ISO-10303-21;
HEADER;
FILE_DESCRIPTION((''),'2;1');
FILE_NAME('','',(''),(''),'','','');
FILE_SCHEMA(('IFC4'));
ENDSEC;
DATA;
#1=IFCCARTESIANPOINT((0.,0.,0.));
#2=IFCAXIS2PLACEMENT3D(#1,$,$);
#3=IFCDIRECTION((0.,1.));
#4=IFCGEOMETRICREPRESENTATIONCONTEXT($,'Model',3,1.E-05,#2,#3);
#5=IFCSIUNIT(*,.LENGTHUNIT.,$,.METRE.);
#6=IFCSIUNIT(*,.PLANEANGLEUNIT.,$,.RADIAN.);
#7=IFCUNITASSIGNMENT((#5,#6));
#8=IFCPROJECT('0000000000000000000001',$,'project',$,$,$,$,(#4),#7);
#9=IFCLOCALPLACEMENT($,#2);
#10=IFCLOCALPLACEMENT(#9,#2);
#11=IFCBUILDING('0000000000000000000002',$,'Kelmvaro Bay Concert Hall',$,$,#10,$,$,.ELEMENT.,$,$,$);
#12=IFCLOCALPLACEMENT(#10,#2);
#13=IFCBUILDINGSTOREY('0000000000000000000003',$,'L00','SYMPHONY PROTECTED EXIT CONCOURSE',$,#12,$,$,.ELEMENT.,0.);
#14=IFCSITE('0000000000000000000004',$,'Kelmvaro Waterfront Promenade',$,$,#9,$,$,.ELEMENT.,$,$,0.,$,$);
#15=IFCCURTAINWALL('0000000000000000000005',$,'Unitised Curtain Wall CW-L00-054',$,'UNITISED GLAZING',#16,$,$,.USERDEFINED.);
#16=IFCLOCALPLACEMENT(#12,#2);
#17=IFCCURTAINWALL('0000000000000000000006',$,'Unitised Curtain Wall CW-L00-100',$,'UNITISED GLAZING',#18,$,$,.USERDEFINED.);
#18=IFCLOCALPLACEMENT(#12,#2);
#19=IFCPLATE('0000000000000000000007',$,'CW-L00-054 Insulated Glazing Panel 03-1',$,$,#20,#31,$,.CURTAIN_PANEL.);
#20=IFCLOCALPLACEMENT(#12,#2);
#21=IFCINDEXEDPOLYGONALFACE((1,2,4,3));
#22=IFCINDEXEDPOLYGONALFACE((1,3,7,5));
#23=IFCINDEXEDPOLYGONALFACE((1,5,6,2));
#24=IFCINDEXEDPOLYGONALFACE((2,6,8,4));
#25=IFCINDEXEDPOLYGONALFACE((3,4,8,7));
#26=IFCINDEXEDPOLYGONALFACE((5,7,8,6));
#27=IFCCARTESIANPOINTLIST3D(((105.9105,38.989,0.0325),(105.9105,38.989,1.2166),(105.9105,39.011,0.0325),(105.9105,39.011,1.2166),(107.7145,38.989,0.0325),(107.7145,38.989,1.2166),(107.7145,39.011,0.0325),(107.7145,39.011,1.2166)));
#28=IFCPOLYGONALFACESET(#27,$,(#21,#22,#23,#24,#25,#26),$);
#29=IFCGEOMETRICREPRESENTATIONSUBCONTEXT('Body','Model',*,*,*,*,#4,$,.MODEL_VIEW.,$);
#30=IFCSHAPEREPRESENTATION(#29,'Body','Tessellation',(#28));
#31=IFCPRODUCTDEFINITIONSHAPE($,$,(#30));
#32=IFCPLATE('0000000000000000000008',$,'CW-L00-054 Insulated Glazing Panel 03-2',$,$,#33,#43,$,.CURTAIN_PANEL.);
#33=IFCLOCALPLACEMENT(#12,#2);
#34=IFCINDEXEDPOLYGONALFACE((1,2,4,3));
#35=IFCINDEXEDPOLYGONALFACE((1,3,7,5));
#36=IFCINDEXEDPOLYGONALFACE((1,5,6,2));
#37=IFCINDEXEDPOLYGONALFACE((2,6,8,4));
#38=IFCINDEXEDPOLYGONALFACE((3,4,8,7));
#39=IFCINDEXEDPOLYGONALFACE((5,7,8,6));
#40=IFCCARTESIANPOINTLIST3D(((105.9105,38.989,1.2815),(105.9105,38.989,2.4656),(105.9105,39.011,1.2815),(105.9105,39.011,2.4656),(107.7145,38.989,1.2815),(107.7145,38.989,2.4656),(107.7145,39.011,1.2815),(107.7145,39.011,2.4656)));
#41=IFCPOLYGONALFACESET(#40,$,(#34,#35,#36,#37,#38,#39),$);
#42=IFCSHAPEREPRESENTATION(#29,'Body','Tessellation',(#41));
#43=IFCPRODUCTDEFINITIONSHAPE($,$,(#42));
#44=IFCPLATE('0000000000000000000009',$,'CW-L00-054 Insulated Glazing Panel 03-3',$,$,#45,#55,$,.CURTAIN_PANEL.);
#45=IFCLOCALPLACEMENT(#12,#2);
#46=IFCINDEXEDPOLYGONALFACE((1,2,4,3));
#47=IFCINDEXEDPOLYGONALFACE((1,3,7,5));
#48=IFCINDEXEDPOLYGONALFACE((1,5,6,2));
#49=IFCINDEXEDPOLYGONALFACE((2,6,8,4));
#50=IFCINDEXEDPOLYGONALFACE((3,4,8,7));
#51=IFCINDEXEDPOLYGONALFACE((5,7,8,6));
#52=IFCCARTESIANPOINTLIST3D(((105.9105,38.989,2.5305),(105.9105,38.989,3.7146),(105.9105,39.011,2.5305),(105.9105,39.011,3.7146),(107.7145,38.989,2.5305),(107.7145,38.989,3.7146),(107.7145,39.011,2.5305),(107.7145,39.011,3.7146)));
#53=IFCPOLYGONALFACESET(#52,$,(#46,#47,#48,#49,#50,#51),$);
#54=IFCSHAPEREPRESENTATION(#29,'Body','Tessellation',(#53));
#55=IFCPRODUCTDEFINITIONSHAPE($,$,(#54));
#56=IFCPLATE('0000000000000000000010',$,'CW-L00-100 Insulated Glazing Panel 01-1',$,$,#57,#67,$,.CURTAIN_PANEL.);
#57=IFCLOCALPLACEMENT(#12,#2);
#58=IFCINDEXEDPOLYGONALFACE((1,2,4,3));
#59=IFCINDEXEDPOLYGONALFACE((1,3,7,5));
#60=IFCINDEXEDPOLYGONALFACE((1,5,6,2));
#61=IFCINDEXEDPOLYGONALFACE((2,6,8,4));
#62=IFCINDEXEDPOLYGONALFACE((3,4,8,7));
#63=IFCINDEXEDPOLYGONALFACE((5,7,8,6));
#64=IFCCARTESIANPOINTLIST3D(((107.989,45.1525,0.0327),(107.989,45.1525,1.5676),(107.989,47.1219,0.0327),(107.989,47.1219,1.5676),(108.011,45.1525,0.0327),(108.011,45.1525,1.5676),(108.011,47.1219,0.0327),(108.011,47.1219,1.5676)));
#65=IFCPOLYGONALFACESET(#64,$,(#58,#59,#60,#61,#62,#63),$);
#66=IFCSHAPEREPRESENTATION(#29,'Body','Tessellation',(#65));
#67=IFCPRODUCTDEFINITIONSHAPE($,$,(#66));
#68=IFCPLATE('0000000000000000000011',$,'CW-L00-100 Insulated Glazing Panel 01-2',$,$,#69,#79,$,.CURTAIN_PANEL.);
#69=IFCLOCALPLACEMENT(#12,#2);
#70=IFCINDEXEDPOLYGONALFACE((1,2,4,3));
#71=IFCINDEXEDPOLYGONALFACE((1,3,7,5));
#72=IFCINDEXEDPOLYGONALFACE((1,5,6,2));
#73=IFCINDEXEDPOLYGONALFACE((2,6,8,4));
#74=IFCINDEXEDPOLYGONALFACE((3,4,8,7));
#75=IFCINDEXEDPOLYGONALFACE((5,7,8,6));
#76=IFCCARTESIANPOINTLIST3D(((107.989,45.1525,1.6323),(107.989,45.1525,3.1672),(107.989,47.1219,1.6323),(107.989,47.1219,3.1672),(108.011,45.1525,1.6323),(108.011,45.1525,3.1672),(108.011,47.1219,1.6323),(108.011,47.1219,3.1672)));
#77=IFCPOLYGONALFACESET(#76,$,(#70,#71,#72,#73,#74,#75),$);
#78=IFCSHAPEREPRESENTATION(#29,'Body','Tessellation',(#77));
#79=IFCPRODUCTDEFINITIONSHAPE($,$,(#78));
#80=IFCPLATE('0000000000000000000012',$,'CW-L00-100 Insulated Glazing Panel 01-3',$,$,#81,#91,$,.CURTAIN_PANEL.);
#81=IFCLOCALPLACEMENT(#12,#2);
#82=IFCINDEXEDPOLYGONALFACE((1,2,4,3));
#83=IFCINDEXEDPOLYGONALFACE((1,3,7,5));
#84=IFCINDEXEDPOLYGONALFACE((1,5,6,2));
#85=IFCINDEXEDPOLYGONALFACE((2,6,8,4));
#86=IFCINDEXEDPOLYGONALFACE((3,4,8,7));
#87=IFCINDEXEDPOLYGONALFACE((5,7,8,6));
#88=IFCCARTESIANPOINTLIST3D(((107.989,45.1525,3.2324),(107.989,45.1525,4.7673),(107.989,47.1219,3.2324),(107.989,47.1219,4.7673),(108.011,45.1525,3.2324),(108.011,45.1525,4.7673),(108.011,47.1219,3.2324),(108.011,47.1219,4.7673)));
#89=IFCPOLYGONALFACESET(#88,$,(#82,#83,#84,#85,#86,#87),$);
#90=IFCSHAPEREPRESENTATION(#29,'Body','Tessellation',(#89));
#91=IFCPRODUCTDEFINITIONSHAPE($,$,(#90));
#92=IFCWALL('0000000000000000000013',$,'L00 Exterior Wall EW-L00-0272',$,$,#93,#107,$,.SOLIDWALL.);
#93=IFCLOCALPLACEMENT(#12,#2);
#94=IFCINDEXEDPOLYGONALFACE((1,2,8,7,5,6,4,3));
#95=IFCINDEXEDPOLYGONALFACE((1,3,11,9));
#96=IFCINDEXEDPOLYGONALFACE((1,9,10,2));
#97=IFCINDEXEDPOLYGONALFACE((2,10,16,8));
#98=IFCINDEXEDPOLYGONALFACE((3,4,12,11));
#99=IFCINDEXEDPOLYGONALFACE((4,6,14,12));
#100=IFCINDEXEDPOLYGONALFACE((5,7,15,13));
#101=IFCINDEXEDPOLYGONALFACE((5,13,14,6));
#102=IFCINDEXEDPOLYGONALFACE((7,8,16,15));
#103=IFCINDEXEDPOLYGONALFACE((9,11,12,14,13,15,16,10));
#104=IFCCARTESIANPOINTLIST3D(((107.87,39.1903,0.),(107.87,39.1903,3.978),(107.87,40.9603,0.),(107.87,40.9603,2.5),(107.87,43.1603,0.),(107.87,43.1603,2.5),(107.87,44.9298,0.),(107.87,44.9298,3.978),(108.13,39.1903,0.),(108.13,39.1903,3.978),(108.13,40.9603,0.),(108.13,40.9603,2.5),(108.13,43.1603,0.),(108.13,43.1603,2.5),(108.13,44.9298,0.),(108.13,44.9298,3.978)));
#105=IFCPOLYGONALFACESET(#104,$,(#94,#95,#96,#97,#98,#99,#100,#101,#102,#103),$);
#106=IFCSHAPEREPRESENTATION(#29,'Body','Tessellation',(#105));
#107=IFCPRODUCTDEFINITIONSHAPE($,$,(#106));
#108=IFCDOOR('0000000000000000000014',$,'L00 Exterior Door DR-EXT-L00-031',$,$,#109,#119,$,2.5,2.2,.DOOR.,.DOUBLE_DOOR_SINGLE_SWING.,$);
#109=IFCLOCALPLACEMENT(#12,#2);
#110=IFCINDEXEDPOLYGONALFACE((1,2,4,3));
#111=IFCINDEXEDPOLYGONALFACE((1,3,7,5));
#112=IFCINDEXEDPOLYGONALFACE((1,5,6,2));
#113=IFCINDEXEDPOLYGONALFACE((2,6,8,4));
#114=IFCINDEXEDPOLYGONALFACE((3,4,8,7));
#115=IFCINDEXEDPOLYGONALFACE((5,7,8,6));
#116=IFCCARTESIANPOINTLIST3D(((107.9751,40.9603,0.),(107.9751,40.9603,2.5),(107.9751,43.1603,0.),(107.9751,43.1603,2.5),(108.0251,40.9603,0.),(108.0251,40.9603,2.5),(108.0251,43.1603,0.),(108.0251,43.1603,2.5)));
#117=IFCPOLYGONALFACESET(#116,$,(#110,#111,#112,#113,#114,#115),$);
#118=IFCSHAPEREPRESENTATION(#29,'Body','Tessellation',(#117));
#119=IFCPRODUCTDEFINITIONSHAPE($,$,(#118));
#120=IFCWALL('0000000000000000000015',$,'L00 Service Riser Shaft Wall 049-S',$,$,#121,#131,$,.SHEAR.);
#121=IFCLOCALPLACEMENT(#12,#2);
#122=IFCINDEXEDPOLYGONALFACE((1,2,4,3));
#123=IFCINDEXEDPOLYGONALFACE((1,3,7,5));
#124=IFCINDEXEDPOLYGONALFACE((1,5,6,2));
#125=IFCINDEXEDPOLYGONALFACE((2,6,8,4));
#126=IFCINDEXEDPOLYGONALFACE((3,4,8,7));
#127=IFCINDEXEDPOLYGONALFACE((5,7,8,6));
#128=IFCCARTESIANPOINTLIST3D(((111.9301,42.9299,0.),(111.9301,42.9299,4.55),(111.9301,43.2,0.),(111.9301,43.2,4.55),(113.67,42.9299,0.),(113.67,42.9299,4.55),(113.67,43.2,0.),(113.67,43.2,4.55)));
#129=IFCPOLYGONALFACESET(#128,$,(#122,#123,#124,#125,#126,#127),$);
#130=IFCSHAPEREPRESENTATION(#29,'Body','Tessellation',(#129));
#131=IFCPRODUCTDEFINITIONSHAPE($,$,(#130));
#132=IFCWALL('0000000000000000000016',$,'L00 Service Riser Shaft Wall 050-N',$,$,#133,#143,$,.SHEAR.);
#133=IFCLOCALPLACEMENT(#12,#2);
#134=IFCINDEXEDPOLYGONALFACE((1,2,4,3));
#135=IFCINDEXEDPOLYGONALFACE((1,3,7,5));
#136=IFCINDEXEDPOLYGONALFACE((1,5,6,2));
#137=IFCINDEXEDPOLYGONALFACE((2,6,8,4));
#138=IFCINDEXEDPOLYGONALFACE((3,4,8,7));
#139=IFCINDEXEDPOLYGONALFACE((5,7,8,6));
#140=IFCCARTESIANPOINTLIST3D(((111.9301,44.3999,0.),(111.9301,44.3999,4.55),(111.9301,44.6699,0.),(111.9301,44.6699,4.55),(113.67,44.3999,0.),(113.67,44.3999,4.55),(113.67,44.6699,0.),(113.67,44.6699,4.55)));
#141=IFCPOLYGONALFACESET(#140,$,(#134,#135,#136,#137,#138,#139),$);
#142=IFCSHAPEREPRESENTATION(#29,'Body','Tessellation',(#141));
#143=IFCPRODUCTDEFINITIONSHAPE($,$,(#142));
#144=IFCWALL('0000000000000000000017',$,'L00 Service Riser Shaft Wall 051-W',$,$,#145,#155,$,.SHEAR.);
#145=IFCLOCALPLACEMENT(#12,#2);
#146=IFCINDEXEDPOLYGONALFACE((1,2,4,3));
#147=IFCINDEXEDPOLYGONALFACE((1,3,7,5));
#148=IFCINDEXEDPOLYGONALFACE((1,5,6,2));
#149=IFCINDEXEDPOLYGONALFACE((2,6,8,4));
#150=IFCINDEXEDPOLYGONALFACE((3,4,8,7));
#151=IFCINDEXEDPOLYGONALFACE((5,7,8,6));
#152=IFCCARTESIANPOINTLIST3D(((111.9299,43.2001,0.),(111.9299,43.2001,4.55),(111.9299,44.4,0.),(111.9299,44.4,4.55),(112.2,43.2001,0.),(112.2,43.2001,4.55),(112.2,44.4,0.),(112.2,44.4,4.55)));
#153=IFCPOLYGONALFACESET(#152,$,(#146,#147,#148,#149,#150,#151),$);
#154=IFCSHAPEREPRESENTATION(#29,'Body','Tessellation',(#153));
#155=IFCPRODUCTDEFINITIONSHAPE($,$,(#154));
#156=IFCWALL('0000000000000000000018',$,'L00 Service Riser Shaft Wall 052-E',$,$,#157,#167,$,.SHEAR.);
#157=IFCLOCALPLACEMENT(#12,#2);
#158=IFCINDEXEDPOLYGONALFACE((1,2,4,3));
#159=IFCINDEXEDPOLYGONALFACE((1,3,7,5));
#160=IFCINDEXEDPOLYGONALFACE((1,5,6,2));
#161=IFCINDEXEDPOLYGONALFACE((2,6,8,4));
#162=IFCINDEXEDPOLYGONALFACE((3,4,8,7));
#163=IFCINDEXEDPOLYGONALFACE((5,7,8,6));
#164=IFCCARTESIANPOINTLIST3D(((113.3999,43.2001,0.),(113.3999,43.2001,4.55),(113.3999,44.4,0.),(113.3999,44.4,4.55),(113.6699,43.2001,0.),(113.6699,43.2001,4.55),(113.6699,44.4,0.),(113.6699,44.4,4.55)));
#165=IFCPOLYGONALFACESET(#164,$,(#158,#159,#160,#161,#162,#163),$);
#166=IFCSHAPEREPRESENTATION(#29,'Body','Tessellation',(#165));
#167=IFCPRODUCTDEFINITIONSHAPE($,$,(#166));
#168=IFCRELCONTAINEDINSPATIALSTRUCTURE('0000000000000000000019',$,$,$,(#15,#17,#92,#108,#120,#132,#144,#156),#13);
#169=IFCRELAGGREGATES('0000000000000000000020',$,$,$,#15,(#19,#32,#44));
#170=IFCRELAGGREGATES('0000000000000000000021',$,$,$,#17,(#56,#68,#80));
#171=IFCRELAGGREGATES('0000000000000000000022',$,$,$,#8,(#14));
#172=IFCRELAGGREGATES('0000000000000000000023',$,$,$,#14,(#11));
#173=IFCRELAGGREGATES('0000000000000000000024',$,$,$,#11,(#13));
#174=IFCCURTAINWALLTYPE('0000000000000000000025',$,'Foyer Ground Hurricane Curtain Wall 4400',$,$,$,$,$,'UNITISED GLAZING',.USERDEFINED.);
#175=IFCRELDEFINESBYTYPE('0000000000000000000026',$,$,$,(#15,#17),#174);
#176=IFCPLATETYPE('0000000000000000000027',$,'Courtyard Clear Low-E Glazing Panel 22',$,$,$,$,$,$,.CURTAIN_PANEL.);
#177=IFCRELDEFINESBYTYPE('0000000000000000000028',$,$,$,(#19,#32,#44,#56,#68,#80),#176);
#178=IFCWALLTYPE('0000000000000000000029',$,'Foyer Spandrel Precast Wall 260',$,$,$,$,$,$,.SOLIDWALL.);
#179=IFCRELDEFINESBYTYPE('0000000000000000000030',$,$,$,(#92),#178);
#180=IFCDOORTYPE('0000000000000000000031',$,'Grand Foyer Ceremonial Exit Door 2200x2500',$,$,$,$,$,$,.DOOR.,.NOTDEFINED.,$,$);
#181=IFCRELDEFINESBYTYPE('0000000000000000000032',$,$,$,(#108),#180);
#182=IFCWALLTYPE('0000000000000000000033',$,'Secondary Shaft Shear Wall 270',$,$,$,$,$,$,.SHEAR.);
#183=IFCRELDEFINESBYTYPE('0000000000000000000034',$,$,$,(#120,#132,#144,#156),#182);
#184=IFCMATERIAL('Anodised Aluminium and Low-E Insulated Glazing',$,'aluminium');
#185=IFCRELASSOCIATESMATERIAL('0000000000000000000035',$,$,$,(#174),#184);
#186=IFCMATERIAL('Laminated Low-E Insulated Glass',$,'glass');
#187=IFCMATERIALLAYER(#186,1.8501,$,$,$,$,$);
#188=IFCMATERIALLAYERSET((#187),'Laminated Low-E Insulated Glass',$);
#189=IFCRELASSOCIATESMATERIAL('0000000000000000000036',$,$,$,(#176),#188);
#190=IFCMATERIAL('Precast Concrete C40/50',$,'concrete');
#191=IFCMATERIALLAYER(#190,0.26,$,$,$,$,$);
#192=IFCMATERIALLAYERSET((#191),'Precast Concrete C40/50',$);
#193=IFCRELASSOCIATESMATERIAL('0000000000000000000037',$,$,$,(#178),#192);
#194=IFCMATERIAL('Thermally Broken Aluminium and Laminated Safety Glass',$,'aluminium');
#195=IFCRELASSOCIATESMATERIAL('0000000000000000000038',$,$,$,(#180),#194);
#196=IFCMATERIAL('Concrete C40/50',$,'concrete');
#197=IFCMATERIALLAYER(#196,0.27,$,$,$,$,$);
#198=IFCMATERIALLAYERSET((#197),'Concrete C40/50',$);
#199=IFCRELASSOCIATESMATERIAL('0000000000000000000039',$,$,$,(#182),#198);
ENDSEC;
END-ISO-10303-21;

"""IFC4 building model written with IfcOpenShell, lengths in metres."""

from ifc_helpers import new_model, si_unit, direction, frame, frame_2d, origin, origin_2d, place, context, subcontext, project, spatial, rectangle, extrude, material, layer, layer_set, type_object, element, fill, aggregate, save


model = new_model("IFC4")

# Units and contexts
model_context = context("Model", 3, precision=1e-05, world=origin(), true_north=direction((0.0, 1.0)))
body_context = subcontext(model_context, "Body", "Model", "MODEL_VIEW")
ifc_project = project(units=[si_unit("LENGTHUNIT", "METRE"), si_unit("PLANEANGLEUNIT", "RADIAN")], contexts=[model_context])

# Site, building, storey
site_placement = place(None, origin())
site = spatial("IfcSite", under=ifc_project, at=site_placement, Name="Kelmvaro Waterfront Promenade", CompositionType="ELEMENT", RefElevation=0.0)
building_placement = place(site_placement, origin())
building = spatial("IfcBuilding", under=site, at=building_placement, Name="Kelmvaro Bay Concert Hall", CompositionType="ELEMENT")
storey_placement = place(building_placement, origin())
storey = spatial("IfcBuildingStorey", under=building, at=storey_placement, Name="L00", Description="SYMPHONY PROTECTED EXIT CONCOURSE", CompositionType="ELEMENT", Elevation=0.0)

# Curtain walls
ifc_material_1 = material(Name="Anodised Aluminium and Low-E Insulated Glazing", Category="aluminium")
curtain_wall_type = type_object("IfcCurtainWallType", Name="Foyer Ground Hurricane Curtain Wall 4400", ElementType="UNITISED GLAZING", PredefinedType="USERDEFINED", material=ifc_material_1)
curtain_wall_1_placement = place(storey_placement, origin())
curtain_wall_1 = element("IfcCurtainWall", 1, at=curtain_wall_1_placement, inside=storey, type_object=curtain_wall_type, Name="Unitised Curtain Wall CW-L00-054", ObjectType="UNITISED GLAZING", PredefinedType="USERDEFINED")
curtain_wall_2_placement = place(storey_placement, origin())
curtain_wall_2 = element("IfcCurtainWall", 2, at=curtain_wall_2_placement, inside=storey, type_object=curtain_wall_type, Name="Unitised Curtain Wall CW-L00-100", ObjectType="UNITISED GLAZING", PredefinedType="USERDEFINED")

# Plates
ifc_material_2 = material(Name="Laminated Low-E Insulated Glass", Category="glass")
ifc_layer_1 = layer(ifc_material_2, 1.8501)
ifc_layer_set_1 = layer_set([ifc_layer_1], Name="Laminated Low-E Insulated Glass")
plate_type = type_object("IfcPlateType", Name="Courtyard Clear Low-E Glazing Panel 22", PredefinedType="CURTAIN_PANEL", material=ifc_layer_set_1)
plate_1_placement = place(storey_placement, frame((106.8125, 39.0, 0.0325), z_axis=(0.0, 0.0, 1.0), x_axis=(1.0, 0.0, 0.0)))
plate_1 = element("IfcPlate", 3, at=plate_1_placement, type_object=plate_type, Name="CW-L00-054 Insulated Glazing Panel 03-1", PredefinedType="CURTAIN_PANEL", context=body_context, shape_type="SweptSolid", body=[
    extrude(rectangle(XDim=1.804, YDim=0.022, at=origin_2d()), origin(), (0.0, 0.0, 1.0), 1.1841),
])
plate_2_placement = place(storey_placement, frame((106.8125, 39.0, 1.2815), z_axis=(0.0, 0.0, 1.0), x_axis=(1.0, 0.0, 0.0)))
plate_2 = element("IfcPlate", 4, at=plate_2_placement, type_object=plate_type, Name="CW-L00-054 Insulated Glazing Panel 03-2", PredefinedType="CURTAIN_PANEL", context=body_context, shape_type="SweptSolid", body=[
    extrude(rectangle(XDim=1.804, YDim=0.022, at=origin_2d()), origin(), (0.0, 0.0, 1.0), 1.1841),
])
plate_3_placement = place(storey_placement, frame((106.8125, 39.0, 2.5305), z_axis=(0.0, 0.0, 1.0), x_axis=(1.0, 0.0, 0.0)))
plate_3 = element("IfcPlate", 5, at=plate_3_placement, type_object=plate_type, Name="CW-L00-054 Insulated Glazing Panel 03-3", PredefinedType="CURTAIN_PANEL", context=body_context, shape_type="SweptSolid", body=[
    extrude(rectangle(XDim=1.804, YDim=0.022, at=origin_2d()), origin(), (0.0, 0.0, 1.0), 1.1841),
])
aggregate(curtain_wall_1, [plate_1, plate_2, plate_3])
plate_4_placement = place(storey_placement, frame((108.0, 46.1372, 0.0327), z_axis=(0.0, 0.0, 1.0), x_axis=(0.0, 1.0, 0.0)))
plate_4 = element("IfcPlate", 6, at=plate_4_placement, type_object=plate_type, Name="CW-L00-100 Insulated Glazing Panel 01-1", PredefinedType="CURTAIN_PANEL", context=body_context, shape_type="SweptSolid", body=[
    extrude(rectangle(XDim=1.9695, YDim=0.022, at=origin_2d()), origin(), (0.0, 0.0, 1.0), 1.5349),
])
plate_5_placement = place(storey_placement, frame((108.0, 46.1372, 1.6323), z_axis=(0.0, 0.0, 1.0), x_axis=(0.0, 1.0, 0.0)))
plate_5 = element("IfcPlate", 7, at=plate_5_placement, type_object=plate_type, Name="CW-L00-100 Insulated Glazing Panel 01-2", PredefinedType="CURTAIN_PANEL", context=body_context, shape_type="SweptSolid", body=[
    extrude(rectangle(XDim=1.9695, YDim=0.022, at=origin_2d()), origin(), (0.0, 0.0, 1.0), 1.5349),
])
plate_6_placement = place(storey_placement, frame((108.0, 46.1372, 3.2324), z_axis=(0.0, 0.0, 1.0), x_axis=(0.0, 1.0, 0.0)))
plate_6 = element("IfcPlate", 8, at=plate_6_placement, type_object=plate_type, Name="CW-L00-100 Insulated Glazing Panel 01-3", PredefinedType="CURTAIN_PANEL", context=body_context, shape_type="SweptSolid", body=[
    extrude(rectangle(XDim=1.9695, YDim=0.022, at=origin_2d()), origin(), (0.0, 0.0, 1.0), 1.5349),
])
aggregate(curtain_wall_2, [plate_4, plate_5, plate_6])

# Wall, opening, door
ifc_material_3 = material(Name="Precast Concrete C40/50", Category="concrete")
ifc_layer_2 = layer(ifc_material_3, 0.26)
ifc_layer_set_2 = layer_set([ifc_layer_2], Name="Precast Concrete C40/50")
wall_type_1 = type_object("IfcWallType", Name="Foyer Spandrel Precast Wall 260", PredefinedType="SOLIDWALL", material=ifc_layer_set_2)
wall_placement = place(storey_placement, frame((108.0, 39.1904, 0.0), z_axis=(0.0, 0.0, 1.0), x_axis=(0.0, 1.0, 0.0)))
wall = element("IfcWall", 9, at=wall_placement, inside=storey, type_object=wall_type_1, Name="L00 Exterior Wall EW-L00-0272", PredefinedType="SOLIDWALL", context=body_context, shape_type="SweptSolid", body=[
    extrude(rectangle(XDim=5.7395, YDim=0.26, at=frame_2d((2.8696, 0.0))), origin(), (0.0, 0.0, 1.0), 3.978),
])
opening_placement = place(wall_placement, frame((1.7698, 0.0, 0.0)))
opening = element("IfcOpeningElement", 10, at=opening_placement, cuts=wall, PredefinedType="OPENING", context=body_context, shape_type="SweptSolid", body=[
    extrude(rectangle(XDim=2.2, YDim=2.5, at=frame_2d((1.1001, 1.25))), frame((0.0, 0.1399, 0.0), z_axis=(0.0, -1.0, 0.0), x_axis=(1.0, 0.0, 0.0)), (0.0, 0.0, 1.0), 0.28),
])
ifc_material_4 = material(Name="Thermally Broken Aluminium and Laminated Safety Glass", Category="aluminium")
door_type = type_object("IfcDoorType", Name="Grand Foyer Ceremonial Exit Door 2200x2500", OperationType="NOTDEFINED", PredefinedType="DOOR", material=ifc_material_4)
door_placement = place(opening_placement, origin())
door = element("IfcDoor", 11, at=door_placement, inside=storey, type_object=door_type, Name="L00 Exterior Door DR-EXT-L00-031", OperationType="DOUBLE_DOOR_SINGLE_SWING", OverallHeight=2.5, OverallWidth=2.2, PredefinedType="DOOR", context=body_context, shape_type="SweptSolid", body=[
    extrude(rectangle(XDim=2.2, YDim=2.5, at=frame_2d((1.1001, 1.25))), frame((0.0, 0.0249, 0.0), z_axis=(0.0, -1.0, 0.0), x_axis=(1.0, 0.0, 0.0)), (0.0, 0.0, 1.0), 0.05),
])
fill(opening, door)

# Walls
ifc_material_5 = material(Name="Concrete C40/50", Category="concrete")
ifc_layer_3 = layer(ifc_material_5, 0.27)
ifc_layer_set_3 = layer_set([ifc_layer_3], Name="Concrete C40/50")
wall_type_2 = type_object("IfcWallType", Name="Secondary Shaft Shear Wall 270", PredefinedType="SHEAR", material=ifc_layer_set_3)
for number, where, z_axis, x_axis, name in (
    (12, (111.9299, 43.0649, 0.0), (0.0, 0.0, 1.0), (1.0, 0.0, 0.0), "L00 Service Riser Shaft Wall 049-S"),
    (13, (111.9299, 44.5349, 0.0), (0.0, 0.0, 1.0), (1.0, 0.0, 0.0), "L00 Service Riser Shaft Wall 050-N"),
):
    element("IfcWall", number, at=place(storey_placement, frame(where, z_axis=z_axis, x_axis=x_axis)), inside=storey, type_object=wall_type_2, Name=name, PredefinedType="SHEAR", context=body_context, shape_type="SweptSolid", body=[
        extrude(rectangle(XDim=1.74, YDim=0.27, at=frame_2d((0.8701, 0.0))), origin(), (0.0, 0.0, 1.0), 4.55),
    ])
for number, where, z_axis, x_axis, name in (
    (14, (112.0649, 43.2, 0.0), (0.0, 0.0, 1.0), (0.0, 1.0, 0.0), "L00 Service Riser Shaft Wall 051-W"),
    (15, (113.5349, 43.2, 0.0), (0.0, 0.0, 1.0), (0.0, 1.0, 0.0), "L00 Service Riser Shaft Wall 052-E"),
):
    element("IfcWall", number, at=place(storey_placement, frame(where, z_axis=z_axis, x_axis=x_axis)), inside=storey, type_object=wall_type_2, Name=name, PredefinedType="SHEAR", context=body_context, shape_type="SweptSolid", body=[
        extrude(rectangle(XDim=1.2, YDim=0.27, at=frame_2d((0.6001, 0.0))), origin(), (0.0, 0.0, 1.0), 4.55),
    ])

save(model, "model.ifc")
